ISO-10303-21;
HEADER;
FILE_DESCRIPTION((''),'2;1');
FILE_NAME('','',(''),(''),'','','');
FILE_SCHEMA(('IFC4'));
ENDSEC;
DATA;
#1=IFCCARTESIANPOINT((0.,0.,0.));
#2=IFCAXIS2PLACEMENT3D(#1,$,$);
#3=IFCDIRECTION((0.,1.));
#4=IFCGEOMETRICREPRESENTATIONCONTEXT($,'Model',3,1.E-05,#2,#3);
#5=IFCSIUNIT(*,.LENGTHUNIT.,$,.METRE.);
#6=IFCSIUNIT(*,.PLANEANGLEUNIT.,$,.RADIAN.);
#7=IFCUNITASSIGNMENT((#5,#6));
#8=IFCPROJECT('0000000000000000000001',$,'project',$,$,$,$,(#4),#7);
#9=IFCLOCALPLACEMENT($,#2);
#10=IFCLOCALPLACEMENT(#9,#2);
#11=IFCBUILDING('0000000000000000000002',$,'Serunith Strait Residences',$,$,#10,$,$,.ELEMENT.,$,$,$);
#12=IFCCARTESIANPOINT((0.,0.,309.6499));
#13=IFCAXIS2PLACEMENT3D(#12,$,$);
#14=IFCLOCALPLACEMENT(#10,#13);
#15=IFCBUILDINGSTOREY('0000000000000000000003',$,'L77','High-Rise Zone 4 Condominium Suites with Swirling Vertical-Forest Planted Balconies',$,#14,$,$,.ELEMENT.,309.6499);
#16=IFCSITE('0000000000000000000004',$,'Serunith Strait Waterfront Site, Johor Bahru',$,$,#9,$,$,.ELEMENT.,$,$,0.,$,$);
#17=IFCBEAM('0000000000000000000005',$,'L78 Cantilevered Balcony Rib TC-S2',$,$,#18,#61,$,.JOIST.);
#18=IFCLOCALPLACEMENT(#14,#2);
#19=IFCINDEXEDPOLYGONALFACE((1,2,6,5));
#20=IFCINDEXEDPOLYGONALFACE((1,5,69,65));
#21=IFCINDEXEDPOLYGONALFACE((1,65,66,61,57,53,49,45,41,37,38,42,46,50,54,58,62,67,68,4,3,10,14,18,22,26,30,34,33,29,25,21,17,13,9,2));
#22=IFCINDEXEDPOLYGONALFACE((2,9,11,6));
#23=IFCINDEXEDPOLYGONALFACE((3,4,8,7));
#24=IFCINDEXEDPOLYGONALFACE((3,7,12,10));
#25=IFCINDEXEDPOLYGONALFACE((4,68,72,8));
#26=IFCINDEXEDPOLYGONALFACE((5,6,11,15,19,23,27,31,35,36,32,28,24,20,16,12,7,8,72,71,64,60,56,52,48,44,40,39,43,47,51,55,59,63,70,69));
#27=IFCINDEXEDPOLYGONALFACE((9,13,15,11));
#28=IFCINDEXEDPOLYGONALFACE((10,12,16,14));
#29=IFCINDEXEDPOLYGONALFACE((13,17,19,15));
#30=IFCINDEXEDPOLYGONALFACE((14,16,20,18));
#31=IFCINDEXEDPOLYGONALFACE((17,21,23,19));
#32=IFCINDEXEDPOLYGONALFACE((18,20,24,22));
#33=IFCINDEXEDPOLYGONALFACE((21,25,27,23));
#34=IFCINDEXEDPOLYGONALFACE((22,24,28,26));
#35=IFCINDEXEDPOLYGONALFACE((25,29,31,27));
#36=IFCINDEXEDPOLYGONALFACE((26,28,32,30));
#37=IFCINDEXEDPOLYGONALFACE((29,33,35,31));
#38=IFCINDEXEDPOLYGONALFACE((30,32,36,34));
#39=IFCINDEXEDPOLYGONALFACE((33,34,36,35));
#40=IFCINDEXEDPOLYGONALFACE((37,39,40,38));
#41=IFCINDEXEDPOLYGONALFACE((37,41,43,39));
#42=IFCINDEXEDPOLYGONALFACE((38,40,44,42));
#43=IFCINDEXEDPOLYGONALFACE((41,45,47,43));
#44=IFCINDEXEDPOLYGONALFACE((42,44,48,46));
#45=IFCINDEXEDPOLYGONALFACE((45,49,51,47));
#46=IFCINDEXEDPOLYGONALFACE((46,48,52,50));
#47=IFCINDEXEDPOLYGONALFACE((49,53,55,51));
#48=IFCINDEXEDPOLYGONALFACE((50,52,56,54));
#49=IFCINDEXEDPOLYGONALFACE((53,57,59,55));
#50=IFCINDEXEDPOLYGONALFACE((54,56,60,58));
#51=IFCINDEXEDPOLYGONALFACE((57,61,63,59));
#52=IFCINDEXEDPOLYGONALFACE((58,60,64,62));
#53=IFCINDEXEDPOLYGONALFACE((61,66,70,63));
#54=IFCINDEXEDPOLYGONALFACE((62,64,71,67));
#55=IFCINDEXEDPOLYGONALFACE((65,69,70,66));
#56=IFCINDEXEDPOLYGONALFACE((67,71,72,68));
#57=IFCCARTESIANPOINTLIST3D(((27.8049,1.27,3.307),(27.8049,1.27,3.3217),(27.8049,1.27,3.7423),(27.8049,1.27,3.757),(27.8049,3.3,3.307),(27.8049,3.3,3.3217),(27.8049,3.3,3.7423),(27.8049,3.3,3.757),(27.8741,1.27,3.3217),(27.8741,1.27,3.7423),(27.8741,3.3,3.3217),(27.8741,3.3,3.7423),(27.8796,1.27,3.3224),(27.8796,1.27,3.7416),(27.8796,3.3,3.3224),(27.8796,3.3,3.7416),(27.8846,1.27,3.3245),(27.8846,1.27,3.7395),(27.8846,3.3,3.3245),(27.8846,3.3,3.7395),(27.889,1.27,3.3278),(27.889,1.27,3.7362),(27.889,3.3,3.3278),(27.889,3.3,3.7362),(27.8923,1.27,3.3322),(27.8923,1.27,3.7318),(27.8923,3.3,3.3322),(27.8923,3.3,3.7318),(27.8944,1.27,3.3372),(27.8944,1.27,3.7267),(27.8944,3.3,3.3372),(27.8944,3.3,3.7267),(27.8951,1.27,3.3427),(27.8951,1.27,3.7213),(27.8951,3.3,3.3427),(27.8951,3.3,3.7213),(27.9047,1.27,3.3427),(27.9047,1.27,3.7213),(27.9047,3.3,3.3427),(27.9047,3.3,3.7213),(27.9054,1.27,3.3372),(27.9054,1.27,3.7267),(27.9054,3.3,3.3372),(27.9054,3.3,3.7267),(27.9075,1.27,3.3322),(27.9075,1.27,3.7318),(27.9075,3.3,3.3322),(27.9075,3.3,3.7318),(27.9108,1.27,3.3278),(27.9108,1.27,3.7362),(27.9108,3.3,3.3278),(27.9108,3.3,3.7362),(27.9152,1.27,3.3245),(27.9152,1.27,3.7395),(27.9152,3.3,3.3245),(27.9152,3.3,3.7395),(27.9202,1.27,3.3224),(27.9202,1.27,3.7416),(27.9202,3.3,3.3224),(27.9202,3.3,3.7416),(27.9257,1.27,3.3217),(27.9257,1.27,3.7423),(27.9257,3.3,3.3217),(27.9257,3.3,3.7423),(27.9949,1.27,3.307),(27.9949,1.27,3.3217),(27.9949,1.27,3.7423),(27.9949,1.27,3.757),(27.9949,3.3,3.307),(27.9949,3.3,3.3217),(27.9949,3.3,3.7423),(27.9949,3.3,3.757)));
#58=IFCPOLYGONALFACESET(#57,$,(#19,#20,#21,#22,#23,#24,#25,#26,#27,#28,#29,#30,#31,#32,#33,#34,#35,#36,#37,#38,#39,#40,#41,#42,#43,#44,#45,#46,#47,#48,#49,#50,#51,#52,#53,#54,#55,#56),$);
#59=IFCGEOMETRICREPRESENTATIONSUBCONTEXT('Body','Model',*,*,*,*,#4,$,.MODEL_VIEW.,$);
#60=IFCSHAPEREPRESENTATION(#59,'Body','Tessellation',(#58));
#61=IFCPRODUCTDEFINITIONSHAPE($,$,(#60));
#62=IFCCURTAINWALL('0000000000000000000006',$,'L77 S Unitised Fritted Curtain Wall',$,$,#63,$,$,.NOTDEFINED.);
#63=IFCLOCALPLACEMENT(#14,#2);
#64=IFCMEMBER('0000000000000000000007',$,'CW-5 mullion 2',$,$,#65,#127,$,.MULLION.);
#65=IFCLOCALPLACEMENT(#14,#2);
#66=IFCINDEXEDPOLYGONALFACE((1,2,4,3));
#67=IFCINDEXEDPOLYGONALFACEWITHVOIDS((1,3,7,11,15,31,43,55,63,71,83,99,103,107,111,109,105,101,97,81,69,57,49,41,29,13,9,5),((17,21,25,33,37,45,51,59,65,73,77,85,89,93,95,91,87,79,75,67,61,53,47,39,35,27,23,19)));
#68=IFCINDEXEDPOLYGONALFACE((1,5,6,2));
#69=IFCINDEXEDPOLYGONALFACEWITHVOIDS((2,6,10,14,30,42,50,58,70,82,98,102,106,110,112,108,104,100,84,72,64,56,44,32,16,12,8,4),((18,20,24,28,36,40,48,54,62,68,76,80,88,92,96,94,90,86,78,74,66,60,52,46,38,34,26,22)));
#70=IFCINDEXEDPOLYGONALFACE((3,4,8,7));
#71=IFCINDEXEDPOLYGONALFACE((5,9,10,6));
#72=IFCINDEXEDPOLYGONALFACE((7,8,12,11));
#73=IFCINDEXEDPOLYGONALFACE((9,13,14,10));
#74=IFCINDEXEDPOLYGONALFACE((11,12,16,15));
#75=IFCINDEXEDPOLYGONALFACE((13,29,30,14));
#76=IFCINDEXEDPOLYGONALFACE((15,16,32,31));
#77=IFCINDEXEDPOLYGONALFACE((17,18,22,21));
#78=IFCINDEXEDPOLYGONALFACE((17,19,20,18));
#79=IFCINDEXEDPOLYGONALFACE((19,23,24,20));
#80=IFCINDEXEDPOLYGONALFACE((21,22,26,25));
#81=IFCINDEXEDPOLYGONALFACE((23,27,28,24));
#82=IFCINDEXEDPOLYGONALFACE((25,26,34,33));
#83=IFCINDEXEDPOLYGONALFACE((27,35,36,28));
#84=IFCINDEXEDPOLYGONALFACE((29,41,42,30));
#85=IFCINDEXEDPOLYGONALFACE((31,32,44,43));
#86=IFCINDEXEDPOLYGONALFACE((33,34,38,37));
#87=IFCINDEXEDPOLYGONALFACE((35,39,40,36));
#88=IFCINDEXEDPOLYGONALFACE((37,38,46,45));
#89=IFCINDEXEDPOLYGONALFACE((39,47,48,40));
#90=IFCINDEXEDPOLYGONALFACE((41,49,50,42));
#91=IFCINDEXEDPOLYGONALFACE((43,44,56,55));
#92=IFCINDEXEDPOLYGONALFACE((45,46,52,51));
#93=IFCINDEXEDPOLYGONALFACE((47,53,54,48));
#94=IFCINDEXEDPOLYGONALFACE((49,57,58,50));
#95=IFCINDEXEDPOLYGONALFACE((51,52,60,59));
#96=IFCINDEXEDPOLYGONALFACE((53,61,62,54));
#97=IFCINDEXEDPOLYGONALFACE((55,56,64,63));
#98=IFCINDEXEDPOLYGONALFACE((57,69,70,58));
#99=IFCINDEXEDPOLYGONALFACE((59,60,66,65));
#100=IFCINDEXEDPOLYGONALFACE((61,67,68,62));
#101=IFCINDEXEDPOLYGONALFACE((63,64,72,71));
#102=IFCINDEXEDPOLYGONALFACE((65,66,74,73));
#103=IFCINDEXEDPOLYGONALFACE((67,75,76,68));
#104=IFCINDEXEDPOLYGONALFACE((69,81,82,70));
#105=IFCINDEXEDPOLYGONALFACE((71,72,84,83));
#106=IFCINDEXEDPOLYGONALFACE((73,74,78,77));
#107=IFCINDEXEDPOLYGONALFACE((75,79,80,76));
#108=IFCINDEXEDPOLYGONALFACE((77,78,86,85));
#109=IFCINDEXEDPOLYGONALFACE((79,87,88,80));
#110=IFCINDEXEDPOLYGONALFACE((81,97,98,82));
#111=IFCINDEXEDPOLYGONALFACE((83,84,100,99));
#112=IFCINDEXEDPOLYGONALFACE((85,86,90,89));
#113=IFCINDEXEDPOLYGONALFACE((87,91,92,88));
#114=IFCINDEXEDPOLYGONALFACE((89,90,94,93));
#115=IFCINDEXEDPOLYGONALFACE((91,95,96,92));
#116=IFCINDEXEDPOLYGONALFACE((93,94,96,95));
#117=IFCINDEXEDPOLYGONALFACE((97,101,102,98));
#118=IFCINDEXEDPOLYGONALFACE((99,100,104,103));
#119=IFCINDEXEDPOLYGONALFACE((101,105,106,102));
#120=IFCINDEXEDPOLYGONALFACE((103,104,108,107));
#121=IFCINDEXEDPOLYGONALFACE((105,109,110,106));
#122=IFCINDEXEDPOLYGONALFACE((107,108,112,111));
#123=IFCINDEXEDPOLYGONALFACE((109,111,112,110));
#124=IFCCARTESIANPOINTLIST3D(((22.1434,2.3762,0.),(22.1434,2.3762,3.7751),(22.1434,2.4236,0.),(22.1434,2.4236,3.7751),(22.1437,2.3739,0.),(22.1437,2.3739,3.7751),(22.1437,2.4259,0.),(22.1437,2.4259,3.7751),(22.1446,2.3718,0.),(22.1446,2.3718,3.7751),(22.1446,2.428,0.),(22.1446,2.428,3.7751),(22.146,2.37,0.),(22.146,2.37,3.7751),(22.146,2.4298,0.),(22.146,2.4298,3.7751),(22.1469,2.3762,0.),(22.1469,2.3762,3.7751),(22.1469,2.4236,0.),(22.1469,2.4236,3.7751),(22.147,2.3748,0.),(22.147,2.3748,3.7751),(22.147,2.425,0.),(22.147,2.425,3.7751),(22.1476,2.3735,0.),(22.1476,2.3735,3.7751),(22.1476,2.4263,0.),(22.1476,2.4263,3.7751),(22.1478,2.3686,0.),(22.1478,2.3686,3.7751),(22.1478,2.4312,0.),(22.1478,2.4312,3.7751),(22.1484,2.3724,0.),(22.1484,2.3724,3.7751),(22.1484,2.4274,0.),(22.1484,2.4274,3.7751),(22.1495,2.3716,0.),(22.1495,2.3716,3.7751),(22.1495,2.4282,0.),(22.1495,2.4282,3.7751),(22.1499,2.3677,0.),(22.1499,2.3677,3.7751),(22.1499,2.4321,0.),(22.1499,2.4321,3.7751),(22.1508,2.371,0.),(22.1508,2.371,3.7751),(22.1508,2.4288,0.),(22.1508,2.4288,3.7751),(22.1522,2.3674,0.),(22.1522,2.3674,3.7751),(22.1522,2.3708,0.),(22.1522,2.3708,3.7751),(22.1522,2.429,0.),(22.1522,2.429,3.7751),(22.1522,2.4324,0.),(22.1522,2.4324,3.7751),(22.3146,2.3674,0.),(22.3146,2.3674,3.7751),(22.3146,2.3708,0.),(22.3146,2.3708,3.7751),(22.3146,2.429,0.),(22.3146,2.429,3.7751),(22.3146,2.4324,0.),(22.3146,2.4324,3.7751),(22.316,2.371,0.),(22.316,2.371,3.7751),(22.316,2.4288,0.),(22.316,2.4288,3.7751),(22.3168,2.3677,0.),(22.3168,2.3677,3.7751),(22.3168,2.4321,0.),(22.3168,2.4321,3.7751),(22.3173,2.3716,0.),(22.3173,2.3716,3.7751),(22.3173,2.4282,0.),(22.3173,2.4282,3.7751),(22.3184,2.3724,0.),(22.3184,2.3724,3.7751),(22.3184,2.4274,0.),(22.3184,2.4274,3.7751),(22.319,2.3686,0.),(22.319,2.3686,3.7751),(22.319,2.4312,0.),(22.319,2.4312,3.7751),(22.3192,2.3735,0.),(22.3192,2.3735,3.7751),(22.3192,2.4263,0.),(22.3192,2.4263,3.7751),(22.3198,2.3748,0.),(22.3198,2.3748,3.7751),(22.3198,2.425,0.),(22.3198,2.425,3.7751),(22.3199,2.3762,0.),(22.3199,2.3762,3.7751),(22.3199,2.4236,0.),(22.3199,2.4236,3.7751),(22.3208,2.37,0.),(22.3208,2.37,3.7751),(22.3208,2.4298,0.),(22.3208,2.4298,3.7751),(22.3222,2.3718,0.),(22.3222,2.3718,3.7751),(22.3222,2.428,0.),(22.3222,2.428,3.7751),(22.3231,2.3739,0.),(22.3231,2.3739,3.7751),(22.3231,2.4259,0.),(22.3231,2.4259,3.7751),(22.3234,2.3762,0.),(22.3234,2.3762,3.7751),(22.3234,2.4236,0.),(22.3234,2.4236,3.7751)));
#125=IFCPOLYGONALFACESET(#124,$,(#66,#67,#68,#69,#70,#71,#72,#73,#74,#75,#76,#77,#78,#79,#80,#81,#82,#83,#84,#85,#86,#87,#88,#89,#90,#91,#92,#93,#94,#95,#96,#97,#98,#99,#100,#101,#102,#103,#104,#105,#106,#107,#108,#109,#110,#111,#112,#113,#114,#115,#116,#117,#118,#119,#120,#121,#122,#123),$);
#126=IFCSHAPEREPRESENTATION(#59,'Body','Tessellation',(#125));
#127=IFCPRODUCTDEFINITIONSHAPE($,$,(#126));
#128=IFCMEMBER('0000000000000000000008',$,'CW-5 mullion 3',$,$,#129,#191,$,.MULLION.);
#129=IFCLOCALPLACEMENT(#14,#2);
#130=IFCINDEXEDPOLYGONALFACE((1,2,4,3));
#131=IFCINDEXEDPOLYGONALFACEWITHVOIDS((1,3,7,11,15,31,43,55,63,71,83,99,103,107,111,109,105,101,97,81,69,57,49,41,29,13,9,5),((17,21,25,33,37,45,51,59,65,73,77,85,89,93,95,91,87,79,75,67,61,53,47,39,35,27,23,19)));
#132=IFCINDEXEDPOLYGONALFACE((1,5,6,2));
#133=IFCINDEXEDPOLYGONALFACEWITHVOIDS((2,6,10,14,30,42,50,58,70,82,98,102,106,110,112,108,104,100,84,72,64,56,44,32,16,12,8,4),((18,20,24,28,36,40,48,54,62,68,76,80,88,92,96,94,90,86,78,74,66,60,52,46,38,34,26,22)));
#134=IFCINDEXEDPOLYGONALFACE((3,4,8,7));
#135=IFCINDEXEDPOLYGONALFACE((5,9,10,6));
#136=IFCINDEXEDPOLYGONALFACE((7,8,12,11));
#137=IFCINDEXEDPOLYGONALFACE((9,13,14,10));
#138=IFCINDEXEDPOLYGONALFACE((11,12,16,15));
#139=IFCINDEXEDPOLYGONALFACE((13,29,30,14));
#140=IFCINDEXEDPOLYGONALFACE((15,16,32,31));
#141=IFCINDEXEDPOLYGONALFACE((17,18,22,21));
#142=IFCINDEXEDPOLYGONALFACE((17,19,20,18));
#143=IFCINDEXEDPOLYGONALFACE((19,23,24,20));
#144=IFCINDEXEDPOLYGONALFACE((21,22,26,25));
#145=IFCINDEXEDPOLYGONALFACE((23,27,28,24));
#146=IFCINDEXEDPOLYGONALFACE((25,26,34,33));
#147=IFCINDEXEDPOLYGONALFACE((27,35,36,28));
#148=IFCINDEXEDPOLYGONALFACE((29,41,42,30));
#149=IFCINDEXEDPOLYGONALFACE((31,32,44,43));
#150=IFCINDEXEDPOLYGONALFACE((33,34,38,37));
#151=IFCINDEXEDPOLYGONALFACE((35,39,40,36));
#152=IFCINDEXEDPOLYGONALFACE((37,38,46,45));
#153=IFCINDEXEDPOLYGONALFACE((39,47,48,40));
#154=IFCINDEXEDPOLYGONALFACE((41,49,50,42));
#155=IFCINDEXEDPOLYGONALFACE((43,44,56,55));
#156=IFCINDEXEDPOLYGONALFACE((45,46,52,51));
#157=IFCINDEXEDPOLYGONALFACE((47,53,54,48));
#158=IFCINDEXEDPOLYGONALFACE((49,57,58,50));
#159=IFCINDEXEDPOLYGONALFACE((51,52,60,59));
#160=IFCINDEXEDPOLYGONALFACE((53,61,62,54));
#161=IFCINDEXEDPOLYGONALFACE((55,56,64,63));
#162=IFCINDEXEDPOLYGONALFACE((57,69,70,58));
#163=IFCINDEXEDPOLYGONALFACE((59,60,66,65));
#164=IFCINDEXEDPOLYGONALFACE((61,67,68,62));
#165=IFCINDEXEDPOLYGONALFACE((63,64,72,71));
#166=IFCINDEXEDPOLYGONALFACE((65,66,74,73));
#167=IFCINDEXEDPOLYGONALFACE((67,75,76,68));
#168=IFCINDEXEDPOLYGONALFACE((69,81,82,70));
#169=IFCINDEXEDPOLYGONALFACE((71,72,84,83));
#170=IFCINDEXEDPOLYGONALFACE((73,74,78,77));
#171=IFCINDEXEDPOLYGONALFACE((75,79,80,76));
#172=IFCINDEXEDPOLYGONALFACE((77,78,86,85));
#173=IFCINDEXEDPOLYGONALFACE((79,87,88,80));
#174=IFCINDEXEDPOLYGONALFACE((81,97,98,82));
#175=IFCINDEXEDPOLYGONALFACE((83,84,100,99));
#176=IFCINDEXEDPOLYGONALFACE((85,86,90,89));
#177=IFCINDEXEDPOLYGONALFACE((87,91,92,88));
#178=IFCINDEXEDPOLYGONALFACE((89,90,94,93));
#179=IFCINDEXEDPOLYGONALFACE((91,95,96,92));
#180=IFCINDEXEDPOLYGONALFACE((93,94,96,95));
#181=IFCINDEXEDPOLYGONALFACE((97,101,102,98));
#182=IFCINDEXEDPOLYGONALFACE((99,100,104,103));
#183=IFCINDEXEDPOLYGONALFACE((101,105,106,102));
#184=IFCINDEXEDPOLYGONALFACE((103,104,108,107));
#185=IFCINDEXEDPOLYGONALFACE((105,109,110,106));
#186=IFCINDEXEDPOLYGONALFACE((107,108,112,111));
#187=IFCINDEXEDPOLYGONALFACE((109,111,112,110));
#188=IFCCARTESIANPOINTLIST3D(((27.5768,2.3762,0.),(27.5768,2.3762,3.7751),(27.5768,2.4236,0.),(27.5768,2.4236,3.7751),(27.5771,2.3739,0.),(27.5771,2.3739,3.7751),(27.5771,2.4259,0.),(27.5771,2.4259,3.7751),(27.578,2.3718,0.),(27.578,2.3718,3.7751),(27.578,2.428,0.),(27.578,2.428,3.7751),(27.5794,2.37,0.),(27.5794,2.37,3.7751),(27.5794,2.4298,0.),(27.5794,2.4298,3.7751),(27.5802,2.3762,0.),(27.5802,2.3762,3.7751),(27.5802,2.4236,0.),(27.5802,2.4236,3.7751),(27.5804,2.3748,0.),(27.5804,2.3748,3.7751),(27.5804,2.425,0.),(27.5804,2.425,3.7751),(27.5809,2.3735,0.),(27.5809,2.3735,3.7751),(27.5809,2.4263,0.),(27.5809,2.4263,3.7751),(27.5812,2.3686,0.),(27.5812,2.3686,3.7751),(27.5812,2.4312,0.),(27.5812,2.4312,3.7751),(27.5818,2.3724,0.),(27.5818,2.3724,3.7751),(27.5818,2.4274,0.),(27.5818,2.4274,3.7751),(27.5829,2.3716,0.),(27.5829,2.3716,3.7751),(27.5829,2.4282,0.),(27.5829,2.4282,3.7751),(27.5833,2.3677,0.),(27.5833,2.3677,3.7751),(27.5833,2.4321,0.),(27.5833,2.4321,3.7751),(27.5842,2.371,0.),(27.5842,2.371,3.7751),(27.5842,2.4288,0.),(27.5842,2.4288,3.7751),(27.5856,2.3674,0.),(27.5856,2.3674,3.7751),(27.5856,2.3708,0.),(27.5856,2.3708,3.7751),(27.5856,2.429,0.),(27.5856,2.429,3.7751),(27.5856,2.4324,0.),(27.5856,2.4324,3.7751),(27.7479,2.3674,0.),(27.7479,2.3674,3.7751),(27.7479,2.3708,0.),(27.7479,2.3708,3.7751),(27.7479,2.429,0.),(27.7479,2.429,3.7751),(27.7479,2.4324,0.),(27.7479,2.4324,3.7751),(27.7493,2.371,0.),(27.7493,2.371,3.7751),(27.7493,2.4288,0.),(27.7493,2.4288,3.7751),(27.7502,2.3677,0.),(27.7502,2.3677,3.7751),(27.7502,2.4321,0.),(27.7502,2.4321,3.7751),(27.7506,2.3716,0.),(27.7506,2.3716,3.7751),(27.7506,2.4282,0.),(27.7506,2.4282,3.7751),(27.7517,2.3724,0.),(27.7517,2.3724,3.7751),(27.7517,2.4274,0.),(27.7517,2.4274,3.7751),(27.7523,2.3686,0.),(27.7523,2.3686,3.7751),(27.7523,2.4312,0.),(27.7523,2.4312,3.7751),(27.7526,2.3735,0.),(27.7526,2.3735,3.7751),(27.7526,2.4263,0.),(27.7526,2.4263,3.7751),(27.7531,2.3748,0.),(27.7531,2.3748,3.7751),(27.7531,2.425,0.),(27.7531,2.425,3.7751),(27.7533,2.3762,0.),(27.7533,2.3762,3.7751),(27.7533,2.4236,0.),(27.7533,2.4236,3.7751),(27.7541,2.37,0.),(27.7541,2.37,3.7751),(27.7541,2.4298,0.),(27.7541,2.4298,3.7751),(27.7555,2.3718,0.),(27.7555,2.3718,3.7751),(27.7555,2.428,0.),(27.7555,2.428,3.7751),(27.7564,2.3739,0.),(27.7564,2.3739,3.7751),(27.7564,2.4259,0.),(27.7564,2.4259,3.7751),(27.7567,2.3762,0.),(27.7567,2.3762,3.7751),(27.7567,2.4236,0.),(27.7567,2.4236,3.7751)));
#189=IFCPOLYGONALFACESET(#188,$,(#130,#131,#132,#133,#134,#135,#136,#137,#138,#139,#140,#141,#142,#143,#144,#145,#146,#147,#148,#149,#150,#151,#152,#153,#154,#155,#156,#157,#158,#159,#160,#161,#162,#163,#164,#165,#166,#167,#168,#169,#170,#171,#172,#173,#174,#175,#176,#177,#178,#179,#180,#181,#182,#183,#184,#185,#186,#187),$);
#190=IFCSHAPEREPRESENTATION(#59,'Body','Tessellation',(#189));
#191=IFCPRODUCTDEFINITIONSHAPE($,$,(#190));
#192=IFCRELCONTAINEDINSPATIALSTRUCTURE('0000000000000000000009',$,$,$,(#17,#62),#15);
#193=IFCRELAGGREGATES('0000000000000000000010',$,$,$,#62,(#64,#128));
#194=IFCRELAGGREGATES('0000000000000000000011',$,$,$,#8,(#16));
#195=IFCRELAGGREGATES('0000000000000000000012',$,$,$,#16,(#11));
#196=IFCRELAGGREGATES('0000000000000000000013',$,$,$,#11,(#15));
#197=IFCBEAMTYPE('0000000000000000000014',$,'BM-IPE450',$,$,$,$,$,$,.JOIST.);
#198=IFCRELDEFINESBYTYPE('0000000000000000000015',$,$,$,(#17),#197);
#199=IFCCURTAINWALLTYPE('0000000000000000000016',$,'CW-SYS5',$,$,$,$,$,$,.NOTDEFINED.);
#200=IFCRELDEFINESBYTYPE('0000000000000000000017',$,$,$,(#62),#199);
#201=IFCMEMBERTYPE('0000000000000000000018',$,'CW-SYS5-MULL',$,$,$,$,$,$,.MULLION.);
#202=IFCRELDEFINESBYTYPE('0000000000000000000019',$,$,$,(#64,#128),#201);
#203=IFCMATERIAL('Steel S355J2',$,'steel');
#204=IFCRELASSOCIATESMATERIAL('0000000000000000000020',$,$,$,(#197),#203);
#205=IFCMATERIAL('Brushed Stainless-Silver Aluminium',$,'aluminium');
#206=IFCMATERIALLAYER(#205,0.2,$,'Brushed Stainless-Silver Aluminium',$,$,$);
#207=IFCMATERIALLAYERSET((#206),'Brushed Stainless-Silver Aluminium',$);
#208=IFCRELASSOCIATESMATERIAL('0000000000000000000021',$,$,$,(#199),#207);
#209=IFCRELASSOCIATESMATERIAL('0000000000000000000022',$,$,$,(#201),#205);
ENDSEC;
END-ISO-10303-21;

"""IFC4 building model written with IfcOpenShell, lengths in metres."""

from ifc_helpers import new_model, si_unit, direction, frame, origin, origin_2d, place, context, subcontext, project, spatial, hollow_rectangle, i_section, extrude, source, transform, mapped, material, layer, layer_set, material_profile, profile_set, type_object, element, aggregate, save


model = new_model("IFC4")

# Units and contexts
model_context = context("Model", 3, precision=1e-05, world=origin(), true_north=direction((0.0, 1.0)))
body_context = subcontext(model_context, "Body", "Model", "MODEL_VIEW")
ifc_project = project(units=[si_unit("LENGTHUNIT", "METRE"), si_unit("PLANEANGLEUNIT", "RADIAN")], contexts=[model_context])

# Site, building, storey
site_placement = place(None, origin())
site = spatial("IfcSite", under=ifc_project, at=site_placement, Name="Serunith Strait Waterfront Site, Johor Bahru", CompositionType="ELEMENT", RefElevation=0.0)
building_placement = place(site_placement, origin())
building = spatial("IfcBuilding", under=site, at=building_placement, Name="Serunith Strait Residences", CompositionType="ELEMENT")
storey_placement = place(building_placement, frame((0.0, 0.0, 309.6499)))
storey = spatial("IfcBuildingStorey", under=building, at=storey_placement, Name="L77", Description="High-Rise Zone 4 Condominium Suites with Swirling Vertical-Forest Planted Balconies", CompositionType="ELEMENT", Elevation=309.6499)

# Beam
ifc_material_1 = material(Name="Steel S355J2", Category="steel")
ifc_material_profile_1 = material_profile(ifc_material_1, i_section(OverallWidth=0.1899, OverallDepth=0.45, WebThickness=0.0095, FlangeThickness=0.0146, FilletRadius=0.021, at=origin_2d()), Name="IPE 450")
ifc_profile_set_1 = profile_set([ifc_material_profile_1], Name="Steel S355J2")
beam_type_1 = type_object("IfcBeamType", Name="BM-IPE450", PredefinedType="JOIST", material=ifc_profile_set_1)
shared_shape_1 = source(origin(), body_context, "Body", "SweptSolid", [
    extrude(i_section(OverallWidth=0.1899, OverallDepth=0.45, WebThickness=0.0095, FlangeThickness=0.0146, FilletRadius=0.021, at=origin_2d()), origin(), (0.0, 0.0, 1.0), 2.03),
])
beam_1_placement = place(storey_placement, frame((27.8999, 3.3, 3.532), z_axis=(0.0, -1.0, 0.0), x_axis=(1.0, 0.0, 0.0)))
element("IfcBeam", 1, at=beam_1_placement, inside=storey, type_object=beam_type_1, Name="L78 Cantilevered Balcony Rib TC-S2", PredefinedType="JOIST", context=body_context, shape_type="MappedRepresentation", body=[
    mapped(shared_shape_1, transform((0.0, 0.0, 0.0), scale=1.0)),
])

# Curtain wall, members
ifc_material_2 = material(Name="Brushed Stainless-Silver Aluminium", Category="aluminium")
ifc_layer_1 = layer(ifc_material_2, 0.2, Name="Brushed Stainless-Silver Aluminium")
ifc_layer_set_1 = layer_set([ifc_layer_1], Name="Brushed Stainless-Silver Aluminium")
curtain_wall_type = type_object("IfcCurtainWallType", Name="CW-SYS5", PredefinedType="NOTDEFINED", material=ifc_layer_set_1)
curtain_wall_placement = place(storey_placement, origin())
curtain_wall = element("IfcCurtainWall", 2, at=curtain_wall_placement, inside=storey, type_object=curtain_wall_type, Name="L77 S Unitised Fritted Curtain Wall", PredefinedType="NOTDEFINED")
ifc_material_profile_2 = material_profile(ifc_material_2, hollow_rectangle(XDim=0.0649, YDim=0.1799, WallThickness=0.0034, InnerFilletRadius=0.0054, OuterFilletRadius=0.0088, at=origin_2d()), Name="ALU 180x65x3.5")
ifc_profile_set_2 = profile_set([ifc_material_profile_2], Name="Brushed Stainless-Silver Aluminium")
member_type_1 = type_object("IfcMemberType", Name="CW-SYS5-MULL", PredefinedType="MULLION", material=ifc_profile_set_2)
shared_shape_2 = source(origin(), body_context, "Body", "SweptSolid", [
    extrude(hollow_rectangle(XDim=0.0649, YDim=0.1799, WallThickness=0.0034, InnerFilletRadius=0.0054, OuterFilletRadius=0.0088, at=origin_2d()), origin(), (0.0, 0.0, 1.0), 3.7751),
])
member_1_placement = place(storey_placement, frame((22.2334, 2.3999, 0.0), z_axis=(0.0, 0.0, 1.0), x_axis=(0.0, 1.0, 0.0)))
member_1 = element("IfcMember", 3, at=member_1_placement, type_object=member_type_1, Name="CW-5 mullion 2", PredefinedType="MULLION", context=body_context, shape_type="MappedRepresentation", body=[
    mapped(shared_shape_2, transform((0.0, 0.0, 0.0), scale=1.0)),
])
member_2_placement = place(storey_placement, frame((27.6667, 2.3999, 0.0), z_axis=(0.0, 0.0, 1.0), x_axis=(0.0, 1.0, 0.0)))
member_2 = element("IfcMember", 4, at=member_2_placement, type_object=member_type_1, Name="CW-5 mullion 3", PredefinedType="MULLION", context=body_context, shape_type="MappedRepresentation", body=[
    mapped(shared_shape_2, transform((0.0, 0.0, 0.0), scale=1.0)),
])
aggregate(curtain_wall, [member_1, member_2])

save(model, "model.ifc")
